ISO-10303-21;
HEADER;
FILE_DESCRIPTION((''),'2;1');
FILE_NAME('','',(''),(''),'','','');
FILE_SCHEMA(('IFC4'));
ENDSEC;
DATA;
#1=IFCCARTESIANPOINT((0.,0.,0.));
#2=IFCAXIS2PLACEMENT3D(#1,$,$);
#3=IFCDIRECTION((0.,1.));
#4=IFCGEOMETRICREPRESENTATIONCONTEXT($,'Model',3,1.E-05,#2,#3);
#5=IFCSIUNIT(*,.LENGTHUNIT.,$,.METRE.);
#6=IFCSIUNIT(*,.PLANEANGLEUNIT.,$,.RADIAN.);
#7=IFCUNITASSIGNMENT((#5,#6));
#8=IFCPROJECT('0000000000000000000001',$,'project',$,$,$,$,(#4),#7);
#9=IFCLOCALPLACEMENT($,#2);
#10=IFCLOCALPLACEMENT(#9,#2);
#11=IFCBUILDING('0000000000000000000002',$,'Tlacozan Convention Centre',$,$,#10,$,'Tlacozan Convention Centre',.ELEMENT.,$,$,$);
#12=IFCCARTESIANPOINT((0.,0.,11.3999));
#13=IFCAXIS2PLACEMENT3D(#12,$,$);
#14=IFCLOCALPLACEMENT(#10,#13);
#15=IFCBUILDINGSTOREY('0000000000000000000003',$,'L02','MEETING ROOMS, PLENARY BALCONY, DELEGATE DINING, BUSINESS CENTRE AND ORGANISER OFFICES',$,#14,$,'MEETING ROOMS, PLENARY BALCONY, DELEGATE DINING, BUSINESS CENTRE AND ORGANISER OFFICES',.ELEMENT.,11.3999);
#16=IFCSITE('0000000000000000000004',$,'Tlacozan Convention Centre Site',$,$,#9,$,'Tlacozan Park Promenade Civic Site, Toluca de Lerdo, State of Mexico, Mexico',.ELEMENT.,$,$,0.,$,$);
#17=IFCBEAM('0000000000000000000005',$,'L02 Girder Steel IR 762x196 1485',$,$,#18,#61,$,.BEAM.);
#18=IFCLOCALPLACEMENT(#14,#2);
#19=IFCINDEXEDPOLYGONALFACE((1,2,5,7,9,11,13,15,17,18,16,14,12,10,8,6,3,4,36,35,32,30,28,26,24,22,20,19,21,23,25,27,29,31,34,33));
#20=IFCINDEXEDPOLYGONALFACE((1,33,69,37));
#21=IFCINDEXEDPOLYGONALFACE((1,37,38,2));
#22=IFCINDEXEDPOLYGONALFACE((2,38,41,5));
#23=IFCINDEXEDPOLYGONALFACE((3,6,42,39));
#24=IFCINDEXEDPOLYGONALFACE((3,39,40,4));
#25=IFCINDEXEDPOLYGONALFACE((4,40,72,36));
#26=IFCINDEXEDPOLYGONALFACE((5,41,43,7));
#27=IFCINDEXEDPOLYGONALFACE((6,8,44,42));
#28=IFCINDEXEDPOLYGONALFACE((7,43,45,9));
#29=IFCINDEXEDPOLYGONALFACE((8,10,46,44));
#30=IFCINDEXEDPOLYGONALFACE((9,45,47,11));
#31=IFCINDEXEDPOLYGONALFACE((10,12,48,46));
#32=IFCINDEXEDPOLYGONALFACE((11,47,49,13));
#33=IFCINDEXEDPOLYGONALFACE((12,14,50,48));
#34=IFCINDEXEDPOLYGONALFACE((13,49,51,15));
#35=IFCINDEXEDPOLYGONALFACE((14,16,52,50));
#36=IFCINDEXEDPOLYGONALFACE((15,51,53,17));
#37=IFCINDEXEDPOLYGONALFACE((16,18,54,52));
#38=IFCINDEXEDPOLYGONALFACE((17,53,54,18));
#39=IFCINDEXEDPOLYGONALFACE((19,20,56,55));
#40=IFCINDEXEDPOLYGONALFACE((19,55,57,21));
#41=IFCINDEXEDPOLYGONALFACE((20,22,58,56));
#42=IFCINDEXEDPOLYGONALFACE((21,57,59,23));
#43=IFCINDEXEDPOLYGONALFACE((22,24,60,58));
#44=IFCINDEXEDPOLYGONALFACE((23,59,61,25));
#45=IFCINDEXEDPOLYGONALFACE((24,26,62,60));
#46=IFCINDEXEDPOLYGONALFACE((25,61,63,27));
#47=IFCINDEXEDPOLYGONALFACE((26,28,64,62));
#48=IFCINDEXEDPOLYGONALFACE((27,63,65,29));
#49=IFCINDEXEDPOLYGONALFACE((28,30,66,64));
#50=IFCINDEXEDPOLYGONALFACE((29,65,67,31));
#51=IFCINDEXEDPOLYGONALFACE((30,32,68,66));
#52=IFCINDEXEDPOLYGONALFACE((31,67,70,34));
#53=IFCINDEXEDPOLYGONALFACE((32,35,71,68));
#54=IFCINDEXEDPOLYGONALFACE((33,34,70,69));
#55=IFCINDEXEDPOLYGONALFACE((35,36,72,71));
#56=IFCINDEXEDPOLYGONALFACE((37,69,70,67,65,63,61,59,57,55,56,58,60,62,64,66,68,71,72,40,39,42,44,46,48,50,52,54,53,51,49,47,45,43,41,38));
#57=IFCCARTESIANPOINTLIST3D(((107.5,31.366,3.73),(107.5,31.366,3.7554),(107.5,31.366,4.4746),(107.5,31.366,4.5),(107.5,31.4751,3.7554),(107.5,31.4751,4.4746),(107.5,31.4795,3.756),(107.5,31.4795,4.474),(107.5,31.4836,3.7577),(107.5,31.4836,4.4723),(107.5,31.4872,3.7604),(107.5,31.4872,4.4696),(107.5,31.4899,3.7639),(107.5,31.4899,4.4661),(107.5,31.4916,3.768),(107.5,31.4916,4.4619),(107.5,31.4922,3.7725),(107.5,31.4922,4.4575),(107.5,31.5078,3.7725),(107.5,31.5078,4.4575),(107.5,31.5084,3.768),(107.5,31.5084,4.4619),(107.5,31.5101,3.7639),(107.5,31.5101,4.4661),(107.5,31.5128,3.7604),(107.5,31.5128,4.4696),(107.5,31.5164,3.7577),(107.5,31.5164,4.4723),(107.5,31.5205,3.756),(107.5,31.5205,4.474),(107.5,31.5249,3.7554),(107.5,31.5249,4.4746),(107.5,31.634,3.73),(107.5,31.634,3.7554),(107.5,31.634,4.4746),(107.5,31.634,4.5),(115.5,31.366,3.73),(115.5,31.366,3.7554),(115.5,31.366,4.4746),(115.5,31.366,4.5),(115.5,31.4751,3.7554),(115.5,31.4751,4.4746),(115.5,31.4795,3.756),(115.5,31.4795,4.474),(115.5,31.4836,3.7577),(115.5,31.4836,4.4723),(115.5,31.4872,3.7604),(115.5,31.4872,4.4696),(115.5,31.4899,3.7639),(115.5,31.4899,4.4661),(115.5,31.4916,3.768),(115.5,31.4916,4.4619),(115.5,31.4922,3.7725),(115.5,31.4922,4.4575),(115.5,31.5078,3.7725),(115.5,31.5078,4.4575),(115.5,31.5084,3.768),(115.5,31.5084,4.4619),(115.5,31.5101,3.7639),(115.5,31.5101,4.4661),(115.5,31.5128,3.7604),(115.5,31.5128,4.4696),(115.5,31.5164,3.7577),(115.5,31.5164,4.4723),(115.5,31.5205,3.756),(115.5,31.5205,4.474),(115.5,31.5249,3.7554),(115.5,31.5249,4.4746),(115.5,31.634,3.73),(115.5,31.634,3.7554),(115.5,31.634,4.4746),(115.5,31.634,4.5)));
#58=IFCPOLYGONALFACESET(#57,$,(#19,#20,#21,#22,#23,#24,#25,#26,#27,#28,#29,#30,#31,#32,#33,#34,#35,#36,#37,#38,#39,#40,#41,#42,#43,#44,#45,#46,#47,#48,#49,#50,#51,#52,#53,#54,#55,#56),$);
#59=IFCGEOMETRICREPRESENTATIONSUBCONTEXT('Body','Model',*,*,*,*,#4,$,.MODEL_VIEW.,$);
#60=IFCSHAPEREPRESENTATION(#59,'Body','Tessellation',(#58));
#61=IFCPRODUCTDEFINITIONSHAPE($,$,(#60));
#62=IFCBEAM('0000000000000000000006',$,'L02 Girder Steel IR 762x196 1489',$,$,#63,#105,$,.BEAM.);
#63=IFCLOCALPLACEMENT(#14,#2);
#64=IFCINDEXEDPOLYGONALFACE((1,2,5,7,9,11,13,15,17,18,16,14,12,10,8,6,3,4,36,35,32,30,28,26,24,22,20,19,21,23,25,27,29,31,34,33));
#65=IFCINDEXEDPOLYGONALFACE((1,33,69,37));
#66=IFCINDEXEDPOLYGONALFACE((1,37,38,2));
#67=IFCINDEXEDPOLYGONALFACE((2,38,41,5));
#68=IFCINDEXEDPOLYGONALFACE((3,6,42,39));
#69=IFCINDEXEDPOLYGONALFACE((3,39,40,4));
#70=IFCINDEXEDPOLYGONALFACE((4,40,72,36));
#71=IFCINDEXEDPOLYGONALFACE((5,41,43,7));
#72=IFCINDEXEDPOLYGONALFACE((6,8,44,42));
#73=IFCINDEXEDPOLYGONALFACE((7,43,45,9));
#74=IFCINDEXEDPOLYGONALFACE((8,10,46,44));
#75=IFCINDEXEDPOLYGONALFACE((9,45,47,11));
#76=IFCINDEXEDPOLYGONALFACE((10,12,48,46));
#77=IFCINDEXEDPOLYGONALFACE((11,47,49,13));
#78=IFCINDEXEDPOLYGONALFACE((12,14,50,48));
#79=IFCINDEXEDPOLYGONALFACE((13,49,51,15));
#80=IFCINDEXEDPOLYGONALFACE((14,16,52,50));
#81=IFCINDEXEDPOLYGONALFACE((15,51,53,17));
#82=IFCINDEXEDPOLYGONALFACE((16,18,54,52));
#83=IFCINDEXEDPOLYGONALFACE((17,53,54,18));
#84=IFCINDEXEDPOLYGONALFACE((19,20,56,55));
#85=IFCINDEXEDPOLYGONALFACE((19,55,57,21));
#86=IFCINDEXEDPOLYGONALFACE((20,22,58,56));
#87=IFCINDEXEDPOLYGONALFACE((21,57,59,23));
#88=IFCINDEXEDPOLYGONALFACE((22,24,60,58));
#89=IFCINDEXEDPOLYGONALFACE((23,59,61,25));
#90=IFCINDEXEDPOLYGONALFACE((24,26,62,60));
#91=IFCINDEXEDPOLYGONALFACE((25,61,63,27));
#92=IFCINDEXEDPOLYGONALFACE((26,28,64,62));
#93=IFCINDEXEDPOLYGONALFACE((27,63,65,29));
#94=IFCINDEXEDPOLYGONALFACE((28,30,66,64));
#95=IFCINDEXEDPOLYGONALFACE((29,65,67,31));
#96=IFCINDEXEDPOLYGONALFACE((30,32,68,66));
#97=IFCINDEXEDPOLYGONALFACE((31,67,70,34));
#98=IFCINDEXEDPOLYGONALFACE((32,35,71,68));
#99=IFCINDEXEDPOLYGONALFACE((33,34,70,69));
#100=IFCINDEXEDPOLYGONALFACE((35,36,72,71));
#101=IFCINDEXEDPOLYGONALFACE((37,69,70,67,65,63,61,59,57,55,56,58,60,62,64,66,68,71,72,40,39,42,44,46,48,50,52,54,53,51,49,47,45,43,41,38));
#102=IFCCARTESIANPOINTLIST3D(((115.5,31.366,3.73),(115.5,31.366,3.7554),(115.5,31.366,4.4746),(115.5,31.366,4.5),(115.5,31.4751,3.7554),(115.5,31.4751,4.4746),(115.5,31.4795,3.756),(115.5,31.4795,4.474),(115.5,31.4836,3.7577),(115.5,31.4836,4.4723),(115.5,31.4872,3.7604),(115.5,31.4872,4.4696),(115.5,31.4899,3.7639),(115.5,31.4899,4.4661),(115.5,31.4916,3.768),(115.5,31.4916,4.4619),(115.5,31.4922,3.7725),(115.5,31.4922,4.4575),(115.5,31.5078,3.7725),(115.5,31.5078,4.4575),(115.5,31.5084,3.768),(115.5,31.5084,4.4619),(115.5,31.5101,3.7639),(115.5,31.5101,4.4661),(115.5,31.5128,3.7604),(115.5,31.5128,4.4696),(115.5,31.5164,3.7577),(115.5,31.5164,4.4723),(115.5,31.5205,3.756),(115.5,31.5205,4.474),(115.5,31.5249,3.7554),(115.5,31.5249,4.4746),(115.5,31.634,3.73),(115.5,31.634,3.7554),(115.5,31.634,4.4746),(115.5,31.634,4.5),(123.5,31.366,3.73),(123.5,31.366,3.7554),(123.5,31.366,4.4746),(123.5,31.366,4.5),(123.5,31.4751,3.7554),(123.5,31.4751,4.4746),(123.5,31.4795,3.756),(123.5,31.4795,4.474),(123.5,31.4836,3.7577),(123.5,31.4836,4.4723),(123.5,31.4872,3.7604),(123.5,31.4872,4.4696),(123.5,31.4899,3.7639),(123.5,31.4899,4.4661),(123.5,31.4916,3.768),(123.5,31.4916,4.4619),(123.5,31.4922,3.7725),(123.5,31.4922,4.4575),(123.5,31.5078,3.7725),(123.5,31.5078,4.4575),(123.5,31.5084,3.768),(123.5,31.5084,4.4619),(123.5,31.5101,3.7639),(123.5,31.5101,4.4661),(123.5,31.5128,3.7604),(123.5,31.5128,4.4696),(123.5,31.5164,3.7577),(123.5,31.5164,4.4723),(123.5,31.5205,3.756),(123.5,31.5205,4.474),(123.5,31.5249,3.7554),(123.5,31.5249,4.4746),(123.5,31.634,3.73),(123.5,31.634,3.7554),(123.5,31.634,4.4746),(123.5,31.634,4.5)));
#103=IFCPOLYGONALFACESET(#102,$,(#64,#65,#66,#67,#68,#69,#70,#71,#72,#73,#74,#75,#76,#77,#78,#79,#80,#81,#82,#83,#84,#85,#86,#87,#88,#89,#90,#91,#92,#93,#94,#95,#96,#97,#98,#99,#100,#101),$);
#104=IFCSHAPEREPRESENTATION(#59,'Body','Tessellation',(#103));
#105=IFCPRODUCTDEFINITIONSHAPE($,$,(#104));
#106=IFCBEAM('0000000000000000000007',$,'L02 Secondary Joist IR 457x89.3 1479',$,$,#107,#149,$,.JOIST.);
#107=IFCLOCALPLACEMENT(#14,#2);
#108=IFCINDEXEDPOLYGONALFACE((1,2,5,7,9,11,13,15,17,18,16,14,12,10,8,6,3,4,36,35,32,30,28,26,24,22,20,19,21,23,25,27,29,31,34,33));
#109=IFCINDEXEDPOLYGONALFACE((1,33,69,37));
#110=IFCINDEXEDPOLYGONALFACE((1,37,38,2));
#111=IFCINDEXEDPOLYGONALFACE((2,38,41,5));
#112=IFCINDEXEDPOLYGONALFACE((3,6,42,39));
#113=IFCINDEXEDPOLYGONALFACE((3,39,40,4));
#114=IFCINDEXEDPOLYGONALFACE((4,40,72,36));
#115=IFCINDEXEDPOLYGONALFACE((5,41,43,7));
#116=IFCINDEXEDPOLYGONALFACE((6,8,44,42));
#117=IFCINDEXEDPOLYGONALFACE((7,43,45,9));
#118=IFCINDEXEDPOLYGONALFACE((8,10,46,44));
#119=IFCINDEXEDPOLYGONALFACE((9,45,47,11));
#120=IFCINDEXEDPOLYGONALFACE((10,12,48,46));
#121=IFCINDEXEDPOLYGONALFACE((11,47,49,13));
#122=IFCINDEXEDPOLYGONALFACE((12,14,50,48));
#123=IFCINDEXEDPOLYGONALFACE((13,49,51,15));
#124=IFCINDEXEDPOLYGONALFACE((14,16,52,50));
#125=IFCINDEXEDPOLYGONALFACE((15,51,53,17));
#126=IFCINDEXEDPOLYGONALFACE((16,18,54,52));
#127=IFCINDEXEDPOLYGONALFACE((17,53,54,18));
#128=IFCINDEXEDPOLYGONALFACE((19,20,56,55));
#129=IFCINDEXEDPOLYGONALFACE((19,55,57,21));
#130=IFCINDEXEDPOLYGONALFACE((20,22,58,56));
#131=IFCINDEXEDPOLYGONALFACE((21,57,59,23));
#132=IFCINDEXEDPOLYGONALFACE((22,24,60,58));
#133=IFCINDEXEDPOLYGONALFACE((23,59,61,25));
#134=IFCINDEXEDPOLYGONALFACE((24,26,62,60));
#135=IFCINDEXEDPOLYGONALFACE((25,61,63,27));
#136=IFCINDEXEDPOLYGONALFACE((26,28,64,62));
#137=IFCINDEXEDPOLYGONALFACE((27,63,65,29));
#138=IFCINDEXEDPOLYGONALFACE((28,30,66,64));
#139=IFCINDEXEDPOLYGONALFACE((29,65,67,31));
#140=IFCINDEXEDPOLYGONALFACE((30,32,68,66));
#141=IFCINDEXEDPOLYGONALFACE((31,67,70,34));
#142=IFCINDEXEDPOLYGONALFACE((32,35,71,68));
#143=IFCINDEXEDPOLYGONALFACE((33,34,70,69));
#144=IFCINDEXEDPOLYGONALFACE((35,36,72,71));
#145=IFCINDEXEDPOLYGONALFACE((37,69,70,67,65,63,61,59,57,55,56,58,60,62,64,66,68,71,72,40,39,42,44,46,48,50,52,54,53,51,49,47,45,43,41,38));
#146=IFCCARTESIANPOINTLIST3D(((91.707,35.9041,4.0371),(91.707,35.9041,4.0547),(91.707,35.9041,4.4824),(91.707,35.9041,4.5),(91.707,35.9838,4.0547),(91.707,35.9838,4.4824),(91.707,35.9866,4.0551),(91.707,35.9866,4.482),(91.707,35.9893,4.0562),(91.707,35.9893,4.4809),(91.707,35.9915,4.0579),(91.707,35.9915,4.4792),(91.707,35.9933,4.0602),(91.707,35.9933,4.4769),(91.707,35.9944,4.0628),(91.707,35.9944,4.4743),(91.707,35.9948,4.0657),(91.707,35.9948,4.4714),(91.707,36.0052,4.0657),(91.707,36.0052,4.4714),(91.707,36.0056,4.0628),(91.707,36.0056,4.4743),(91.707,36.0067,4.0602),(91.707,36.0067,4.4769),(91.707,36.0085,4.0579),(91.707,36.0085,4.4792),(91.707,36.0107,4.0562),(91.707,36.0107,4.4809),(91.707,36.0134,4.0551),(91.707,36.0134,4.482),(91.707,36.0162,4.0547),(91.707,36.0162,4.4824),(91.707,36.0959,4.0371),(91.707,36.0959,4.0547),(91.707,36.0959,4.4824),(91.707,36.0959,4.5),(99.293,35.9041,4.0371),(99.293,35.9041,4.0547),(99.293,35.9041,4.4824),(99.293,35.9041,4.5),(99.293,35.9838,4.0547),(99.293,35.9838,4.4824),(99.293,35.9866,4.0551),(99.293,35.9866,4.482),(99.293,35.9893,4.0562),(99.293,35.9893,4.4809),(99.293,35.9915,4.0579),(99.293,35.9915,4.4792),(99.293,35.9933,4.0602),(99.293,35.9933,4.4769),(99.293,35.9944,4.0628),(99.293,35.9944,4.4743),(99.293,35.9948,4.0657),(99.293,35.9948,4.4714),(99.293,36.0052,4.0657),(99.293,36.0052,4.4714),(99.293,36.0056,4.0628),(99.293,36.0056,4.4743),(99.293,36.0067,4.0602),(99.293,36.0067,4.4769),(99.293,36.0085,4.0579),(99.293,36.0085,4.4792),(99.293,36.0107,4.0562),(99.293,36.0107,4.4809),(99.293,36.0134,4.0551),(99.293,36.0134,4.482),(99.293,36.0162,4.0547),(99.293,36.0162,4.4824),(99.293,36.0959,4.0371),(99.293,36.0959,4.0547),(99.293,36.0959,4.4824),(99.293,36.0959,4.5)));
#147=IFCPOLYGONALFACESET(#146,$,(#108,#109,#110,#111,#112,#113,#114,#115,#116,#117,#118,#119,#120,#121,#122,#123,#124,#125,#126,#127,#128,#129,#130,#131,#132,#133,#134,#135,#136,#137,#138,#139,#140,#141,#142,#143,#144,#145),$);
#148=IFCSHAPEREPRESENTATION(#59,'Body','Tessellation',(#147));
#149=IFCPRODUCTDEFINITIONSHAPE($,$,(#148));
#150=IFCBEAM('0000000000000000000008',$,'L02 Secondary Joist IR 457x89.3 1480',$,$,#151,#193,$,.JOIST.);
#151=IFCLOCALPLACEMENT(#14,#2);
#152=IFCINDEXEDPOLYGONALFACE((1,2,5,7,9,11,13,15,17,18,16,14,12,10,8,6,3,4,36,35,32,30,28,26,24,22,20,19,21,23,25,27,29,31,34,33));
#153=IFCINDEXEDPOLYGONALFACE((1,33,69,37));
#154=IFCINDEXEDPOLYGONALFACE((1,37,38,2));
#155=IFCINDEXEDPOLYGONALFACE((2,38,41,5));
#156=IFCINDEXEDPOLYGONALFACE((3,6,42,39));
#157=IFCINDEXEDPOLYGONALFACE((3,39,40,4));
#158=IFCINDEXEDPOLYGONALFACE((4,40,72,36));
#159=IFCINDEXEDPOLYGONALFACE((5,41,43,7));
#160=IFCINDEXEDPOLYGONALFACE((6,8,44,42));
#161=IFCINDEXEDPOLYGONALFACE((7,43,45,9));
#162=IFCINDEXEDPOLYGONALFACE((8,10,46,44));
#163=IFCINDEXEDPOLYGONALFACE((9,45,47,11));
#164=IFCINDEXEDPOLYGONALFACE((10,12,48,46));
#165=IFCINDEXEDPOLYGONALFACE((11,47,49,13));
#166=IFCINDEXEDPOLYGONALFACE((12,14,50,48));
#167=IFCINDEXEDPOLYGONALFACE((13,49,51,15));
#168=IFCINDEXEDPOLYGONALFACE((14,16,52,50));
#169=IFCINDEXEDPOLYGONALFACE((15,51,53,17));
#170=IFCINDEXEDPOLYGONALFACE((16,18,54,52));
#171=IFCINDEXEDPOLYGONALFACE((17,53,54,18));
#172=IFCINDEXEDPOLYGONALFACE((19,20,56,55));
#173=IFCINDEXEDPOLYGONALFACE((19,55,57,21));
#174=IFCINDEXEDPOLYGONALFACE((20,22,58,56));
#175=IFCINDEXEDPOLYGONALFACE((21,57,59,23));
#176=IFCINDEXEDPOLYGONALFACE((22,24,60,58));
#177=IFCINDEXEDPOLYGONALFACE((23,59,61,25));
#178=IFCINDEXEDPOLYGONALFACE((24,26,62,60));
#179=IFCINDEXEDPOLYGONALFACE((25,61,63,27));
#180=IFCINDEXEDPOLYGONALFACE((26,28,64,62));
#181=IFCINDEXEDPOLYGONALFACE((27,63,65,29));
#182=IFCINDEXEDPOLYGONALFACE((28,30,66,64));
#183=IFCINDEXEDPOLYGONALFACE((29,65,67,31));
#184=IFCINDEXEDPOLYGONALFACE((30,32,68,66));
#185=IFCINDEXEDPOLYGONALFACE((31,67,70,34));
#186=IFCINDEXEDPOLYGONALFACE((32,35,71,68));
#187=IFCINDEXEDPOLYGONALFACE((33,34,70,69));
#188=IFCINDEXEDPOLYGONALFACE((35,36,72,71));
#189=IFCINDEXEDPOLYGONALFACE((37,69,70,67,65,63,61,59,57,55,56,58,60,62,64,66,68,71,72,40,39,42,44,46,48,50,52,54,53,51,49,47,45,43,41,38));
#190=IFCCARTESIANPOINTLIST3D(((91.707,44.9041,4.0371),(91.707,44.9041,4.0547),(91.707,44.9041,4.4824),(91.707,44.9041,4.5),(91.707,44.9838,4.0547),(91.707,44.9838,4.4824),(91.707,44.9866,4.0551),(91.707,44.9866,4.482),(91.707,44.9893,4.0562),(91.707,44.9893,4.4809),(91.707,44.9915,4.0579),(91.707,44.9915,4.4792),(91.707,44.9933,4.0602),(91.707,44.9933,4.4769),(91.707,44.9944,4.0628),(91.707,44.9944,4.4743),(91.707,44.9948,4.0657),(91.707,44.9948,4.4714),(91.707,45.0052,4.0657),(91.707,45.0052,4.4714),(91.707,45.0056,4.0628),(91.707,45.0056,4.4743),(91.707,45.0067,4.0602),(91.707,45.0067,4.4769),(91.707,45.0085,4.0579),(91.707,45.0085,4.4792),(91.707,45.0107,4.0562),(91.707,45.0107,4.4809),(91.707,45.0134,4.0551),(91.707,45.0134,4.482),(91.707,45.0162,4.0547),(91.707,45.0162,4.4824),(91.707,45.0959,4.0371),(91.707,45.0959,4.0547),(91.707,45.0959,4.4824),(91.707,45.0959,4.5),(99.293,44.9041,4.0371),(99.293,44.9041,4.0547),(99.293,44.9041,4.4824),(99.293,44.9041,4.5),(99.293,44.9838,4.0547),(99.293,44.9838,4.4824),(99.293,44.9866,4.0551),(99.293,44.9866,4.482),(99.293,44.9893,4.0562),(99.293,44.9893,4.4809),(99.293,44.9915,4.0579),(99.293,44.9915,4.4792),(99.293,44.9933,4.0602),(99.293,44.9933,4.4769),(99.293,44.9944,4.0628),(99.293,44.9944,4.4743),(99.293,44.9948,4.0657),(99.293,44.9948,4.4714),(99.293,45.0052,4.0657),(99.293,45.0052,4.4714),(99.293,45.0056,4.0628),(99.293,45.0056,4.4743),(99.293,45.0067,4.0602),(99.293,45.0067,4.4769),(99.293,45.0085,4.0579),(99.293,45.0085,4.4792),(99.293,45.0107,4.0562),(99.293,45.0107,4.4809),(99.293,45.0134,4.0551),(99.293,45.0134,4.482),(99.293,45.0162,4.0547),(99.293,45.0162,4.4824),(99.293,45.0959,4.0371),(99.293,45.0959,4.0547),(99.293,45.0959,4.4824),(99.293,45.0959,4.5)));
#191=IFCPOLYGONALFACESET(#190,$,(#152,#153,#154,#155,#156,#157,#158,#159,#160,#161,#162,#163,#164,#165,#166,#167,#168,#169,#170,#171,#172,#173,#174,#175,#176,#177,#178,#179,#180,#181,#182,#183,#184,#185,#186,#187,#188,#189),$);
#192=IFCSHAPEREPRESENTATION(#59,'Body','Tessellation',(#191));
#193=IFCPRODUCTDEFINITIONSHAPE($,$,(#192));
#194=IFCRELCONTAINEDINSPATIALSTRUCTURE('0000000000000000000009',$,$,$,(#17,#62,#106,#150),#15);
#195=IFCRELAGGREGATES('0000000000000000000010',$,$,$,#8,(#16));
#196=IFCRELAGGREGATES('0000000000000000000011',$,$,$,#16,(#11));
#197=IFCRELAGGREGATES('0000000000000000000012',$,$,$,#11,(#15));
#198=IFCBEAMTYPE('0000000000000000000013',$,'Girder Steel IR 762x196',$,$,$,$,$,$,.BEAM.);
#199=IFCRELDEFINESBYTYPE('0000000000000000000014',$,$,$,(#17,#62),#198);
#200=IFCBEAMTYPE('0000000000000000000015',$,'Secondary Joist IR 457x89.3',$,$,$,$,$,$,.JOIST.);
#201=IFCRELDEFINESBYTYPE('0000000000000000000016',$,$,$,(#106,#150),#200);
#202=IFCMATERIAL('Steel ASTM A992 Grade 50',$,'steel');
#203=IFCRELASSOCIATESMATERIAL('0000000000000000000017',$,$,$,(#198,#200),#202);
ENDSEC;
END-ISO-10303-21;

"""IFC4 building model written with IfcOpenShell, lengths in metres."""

from ifc_helpers import new_model, si_unit, direction, frame, origin, origin_2d, place, context, subcontext, project, spatial, i_section, extrude, material, material_profile, profile_set, type_object, element, save


model = new_model("IFC4")

# Units and contexts
model_context = context("Model", 3, precision=1e-05, world=origin(), true_north=direction((0.0, 1.0)))
body_context = subcontext(model_context, "Body", "Model", "MODEL_VIEW")
ifc_project = project(units=[si_unit("LENGTHUNIT", "METRE"), si_unit("PLANEANGLEUNIT", "RADIAN")], contexts=[model_context])

# Site, building, storey
site_placement = place(None, origin())
site = spatial("IfcSite", under=ifc_project, at=site_placement, Name="Tlacozan Convention Centre Site", LongName="Tlacozan Park Promenade Civic Site, Toluca de Lerdo, State of Mexico, Mexico", CompositionType="ELEMENT", RefElevation=0.0)
building_placement = place(site_placement, origin())
building = spatial("IfcBuilding", under=site, at=building_placement, Name="Tlacozan Convention Centre", LongName="Tlacozan Convention Centre", CompositionType="ELEMENT")
storey_placement = place(building_placement, frame((0.0, 0.0, 11.3999)))
storey = spatial("IfcBuildingStorey", under=building, at=storey_placement, Name="L02", Description="MEETING ROOMS, PLENARY BALCONY, DELEGATE DINING, BUSINESS CENTRE AND ORGANISER OFFICES", LongName="MEETING ROOMS, PLENARY BALCONY, DELEGATE DINING, BUSINESS CENTRE AND ORGANISER OFFICES", CompositionType="ELEMENT", Elevation=11.3999)

# Shared definitions
ifc_material_1 = material(Name="Steel ASTM A992 Grade 50", Category="steel")

# Beams
ifc_material_profile_1 = material_profile(ifc_material_1, i_section(OverallWidth=0.2681, OverallDepth=0.77, WebThickness=0.0156, FlangeThickness=0.0254, FilletRadius=0.0171, at=origin_2d()), Name="IR 762x196.0")
ifc_profile_set_1 = profile_set([ifc_material_profile_1], Name="Steel ASTM A992 Grade 50")
beam_type_1 = type_object("IfcBeamType", Name="Girder Steel IR 762x196", PredefinedType="BEAM", material=ifc_profile_set_1)
for number, where, z_axis, x_axis, name in (
    (1, (107.5, 31.5, 4.115), (1.0, 0.0, 0.0), (0.0, 1.0, 0.0), "L02 Girder Steel IR 762x196 1485"),
    (2, (115.5, 31.5, 4.115), (1.0, 0.0, 0.0), (0.0, 1.0, 0.0), "L02 Girder Steel IR 762x196 1489"),
):
    element("IfcBeam", number, at=place(storey_placement, frame(where, z_axis=z_axis, x_axis=x_axis)), inside=storey, type_object=beam_type_1, Name=name, PredefinedType="BEAM", context=body_context, shape_type="SweptSolid", body=[
        extrude(i_section(OverallWidth=0.2681, OverallDepth=0.77, WebThickness=0.0156, FlangeThickness=0.0254, FilletRadius=0.0171, at=origin_2d()), origin(), (0.0, 0.0, 1.0), 8.0),
    ])
ifc_material_profile_2 = material_profile(ifc_material_1, i_section(OverallWidth=0.1919, OverallDepth=0.4629, WebThickness=0.0105, FlangeThickness=0.0176, FilletRadius=0.011, at=origin_2d()), Name="IR 457x89.3")
ifc_profile_set_2 = profile_set([ifc_material_profile_2], Name="Steel ASTM A992 Grade 50")
beam_type_2 = type_object("IfcBeamType", Name="Secondary Joist IR 457x89.3", PredefinedType="JOIST", material=ifc_profile_set_2)
for number, where, z_axis, x_axis, name in (
    (3, (91.707, 36.0, 4.2686), (1.0, 0.0, 0.0), (0.0, 1.0, 0.0), "L02 Secondary Joist IR 457x89.3 1479"),
    (4, (91.707, 45.0, 4.2686), (1.0, 0.0, 0.0), (0.0, 1.0, 0.0), "L02 Secondary Joist IR 457x89.3 1480"),
):
    element("IfcBeam", number, at=place(storey_placement, frame(where, z_axis=z_axis, x_axis=x_axis)), inside=storey, type_object=beam_type_2, Name=name, PredefinedType="JOIST", context=body_context, shape_type="SweptSolid", body=[
        extrude(i_section(OverallWidth=0.1919, OverallDepth=0.4629, WebThickness=0.0105, FlangeThickness=0.0176, FilletRadius=0.011, at=origin_2d()), origin(), (0.0, 0.0, 1.0), 7.5859),
    ])

save(model, "model.ifc")
